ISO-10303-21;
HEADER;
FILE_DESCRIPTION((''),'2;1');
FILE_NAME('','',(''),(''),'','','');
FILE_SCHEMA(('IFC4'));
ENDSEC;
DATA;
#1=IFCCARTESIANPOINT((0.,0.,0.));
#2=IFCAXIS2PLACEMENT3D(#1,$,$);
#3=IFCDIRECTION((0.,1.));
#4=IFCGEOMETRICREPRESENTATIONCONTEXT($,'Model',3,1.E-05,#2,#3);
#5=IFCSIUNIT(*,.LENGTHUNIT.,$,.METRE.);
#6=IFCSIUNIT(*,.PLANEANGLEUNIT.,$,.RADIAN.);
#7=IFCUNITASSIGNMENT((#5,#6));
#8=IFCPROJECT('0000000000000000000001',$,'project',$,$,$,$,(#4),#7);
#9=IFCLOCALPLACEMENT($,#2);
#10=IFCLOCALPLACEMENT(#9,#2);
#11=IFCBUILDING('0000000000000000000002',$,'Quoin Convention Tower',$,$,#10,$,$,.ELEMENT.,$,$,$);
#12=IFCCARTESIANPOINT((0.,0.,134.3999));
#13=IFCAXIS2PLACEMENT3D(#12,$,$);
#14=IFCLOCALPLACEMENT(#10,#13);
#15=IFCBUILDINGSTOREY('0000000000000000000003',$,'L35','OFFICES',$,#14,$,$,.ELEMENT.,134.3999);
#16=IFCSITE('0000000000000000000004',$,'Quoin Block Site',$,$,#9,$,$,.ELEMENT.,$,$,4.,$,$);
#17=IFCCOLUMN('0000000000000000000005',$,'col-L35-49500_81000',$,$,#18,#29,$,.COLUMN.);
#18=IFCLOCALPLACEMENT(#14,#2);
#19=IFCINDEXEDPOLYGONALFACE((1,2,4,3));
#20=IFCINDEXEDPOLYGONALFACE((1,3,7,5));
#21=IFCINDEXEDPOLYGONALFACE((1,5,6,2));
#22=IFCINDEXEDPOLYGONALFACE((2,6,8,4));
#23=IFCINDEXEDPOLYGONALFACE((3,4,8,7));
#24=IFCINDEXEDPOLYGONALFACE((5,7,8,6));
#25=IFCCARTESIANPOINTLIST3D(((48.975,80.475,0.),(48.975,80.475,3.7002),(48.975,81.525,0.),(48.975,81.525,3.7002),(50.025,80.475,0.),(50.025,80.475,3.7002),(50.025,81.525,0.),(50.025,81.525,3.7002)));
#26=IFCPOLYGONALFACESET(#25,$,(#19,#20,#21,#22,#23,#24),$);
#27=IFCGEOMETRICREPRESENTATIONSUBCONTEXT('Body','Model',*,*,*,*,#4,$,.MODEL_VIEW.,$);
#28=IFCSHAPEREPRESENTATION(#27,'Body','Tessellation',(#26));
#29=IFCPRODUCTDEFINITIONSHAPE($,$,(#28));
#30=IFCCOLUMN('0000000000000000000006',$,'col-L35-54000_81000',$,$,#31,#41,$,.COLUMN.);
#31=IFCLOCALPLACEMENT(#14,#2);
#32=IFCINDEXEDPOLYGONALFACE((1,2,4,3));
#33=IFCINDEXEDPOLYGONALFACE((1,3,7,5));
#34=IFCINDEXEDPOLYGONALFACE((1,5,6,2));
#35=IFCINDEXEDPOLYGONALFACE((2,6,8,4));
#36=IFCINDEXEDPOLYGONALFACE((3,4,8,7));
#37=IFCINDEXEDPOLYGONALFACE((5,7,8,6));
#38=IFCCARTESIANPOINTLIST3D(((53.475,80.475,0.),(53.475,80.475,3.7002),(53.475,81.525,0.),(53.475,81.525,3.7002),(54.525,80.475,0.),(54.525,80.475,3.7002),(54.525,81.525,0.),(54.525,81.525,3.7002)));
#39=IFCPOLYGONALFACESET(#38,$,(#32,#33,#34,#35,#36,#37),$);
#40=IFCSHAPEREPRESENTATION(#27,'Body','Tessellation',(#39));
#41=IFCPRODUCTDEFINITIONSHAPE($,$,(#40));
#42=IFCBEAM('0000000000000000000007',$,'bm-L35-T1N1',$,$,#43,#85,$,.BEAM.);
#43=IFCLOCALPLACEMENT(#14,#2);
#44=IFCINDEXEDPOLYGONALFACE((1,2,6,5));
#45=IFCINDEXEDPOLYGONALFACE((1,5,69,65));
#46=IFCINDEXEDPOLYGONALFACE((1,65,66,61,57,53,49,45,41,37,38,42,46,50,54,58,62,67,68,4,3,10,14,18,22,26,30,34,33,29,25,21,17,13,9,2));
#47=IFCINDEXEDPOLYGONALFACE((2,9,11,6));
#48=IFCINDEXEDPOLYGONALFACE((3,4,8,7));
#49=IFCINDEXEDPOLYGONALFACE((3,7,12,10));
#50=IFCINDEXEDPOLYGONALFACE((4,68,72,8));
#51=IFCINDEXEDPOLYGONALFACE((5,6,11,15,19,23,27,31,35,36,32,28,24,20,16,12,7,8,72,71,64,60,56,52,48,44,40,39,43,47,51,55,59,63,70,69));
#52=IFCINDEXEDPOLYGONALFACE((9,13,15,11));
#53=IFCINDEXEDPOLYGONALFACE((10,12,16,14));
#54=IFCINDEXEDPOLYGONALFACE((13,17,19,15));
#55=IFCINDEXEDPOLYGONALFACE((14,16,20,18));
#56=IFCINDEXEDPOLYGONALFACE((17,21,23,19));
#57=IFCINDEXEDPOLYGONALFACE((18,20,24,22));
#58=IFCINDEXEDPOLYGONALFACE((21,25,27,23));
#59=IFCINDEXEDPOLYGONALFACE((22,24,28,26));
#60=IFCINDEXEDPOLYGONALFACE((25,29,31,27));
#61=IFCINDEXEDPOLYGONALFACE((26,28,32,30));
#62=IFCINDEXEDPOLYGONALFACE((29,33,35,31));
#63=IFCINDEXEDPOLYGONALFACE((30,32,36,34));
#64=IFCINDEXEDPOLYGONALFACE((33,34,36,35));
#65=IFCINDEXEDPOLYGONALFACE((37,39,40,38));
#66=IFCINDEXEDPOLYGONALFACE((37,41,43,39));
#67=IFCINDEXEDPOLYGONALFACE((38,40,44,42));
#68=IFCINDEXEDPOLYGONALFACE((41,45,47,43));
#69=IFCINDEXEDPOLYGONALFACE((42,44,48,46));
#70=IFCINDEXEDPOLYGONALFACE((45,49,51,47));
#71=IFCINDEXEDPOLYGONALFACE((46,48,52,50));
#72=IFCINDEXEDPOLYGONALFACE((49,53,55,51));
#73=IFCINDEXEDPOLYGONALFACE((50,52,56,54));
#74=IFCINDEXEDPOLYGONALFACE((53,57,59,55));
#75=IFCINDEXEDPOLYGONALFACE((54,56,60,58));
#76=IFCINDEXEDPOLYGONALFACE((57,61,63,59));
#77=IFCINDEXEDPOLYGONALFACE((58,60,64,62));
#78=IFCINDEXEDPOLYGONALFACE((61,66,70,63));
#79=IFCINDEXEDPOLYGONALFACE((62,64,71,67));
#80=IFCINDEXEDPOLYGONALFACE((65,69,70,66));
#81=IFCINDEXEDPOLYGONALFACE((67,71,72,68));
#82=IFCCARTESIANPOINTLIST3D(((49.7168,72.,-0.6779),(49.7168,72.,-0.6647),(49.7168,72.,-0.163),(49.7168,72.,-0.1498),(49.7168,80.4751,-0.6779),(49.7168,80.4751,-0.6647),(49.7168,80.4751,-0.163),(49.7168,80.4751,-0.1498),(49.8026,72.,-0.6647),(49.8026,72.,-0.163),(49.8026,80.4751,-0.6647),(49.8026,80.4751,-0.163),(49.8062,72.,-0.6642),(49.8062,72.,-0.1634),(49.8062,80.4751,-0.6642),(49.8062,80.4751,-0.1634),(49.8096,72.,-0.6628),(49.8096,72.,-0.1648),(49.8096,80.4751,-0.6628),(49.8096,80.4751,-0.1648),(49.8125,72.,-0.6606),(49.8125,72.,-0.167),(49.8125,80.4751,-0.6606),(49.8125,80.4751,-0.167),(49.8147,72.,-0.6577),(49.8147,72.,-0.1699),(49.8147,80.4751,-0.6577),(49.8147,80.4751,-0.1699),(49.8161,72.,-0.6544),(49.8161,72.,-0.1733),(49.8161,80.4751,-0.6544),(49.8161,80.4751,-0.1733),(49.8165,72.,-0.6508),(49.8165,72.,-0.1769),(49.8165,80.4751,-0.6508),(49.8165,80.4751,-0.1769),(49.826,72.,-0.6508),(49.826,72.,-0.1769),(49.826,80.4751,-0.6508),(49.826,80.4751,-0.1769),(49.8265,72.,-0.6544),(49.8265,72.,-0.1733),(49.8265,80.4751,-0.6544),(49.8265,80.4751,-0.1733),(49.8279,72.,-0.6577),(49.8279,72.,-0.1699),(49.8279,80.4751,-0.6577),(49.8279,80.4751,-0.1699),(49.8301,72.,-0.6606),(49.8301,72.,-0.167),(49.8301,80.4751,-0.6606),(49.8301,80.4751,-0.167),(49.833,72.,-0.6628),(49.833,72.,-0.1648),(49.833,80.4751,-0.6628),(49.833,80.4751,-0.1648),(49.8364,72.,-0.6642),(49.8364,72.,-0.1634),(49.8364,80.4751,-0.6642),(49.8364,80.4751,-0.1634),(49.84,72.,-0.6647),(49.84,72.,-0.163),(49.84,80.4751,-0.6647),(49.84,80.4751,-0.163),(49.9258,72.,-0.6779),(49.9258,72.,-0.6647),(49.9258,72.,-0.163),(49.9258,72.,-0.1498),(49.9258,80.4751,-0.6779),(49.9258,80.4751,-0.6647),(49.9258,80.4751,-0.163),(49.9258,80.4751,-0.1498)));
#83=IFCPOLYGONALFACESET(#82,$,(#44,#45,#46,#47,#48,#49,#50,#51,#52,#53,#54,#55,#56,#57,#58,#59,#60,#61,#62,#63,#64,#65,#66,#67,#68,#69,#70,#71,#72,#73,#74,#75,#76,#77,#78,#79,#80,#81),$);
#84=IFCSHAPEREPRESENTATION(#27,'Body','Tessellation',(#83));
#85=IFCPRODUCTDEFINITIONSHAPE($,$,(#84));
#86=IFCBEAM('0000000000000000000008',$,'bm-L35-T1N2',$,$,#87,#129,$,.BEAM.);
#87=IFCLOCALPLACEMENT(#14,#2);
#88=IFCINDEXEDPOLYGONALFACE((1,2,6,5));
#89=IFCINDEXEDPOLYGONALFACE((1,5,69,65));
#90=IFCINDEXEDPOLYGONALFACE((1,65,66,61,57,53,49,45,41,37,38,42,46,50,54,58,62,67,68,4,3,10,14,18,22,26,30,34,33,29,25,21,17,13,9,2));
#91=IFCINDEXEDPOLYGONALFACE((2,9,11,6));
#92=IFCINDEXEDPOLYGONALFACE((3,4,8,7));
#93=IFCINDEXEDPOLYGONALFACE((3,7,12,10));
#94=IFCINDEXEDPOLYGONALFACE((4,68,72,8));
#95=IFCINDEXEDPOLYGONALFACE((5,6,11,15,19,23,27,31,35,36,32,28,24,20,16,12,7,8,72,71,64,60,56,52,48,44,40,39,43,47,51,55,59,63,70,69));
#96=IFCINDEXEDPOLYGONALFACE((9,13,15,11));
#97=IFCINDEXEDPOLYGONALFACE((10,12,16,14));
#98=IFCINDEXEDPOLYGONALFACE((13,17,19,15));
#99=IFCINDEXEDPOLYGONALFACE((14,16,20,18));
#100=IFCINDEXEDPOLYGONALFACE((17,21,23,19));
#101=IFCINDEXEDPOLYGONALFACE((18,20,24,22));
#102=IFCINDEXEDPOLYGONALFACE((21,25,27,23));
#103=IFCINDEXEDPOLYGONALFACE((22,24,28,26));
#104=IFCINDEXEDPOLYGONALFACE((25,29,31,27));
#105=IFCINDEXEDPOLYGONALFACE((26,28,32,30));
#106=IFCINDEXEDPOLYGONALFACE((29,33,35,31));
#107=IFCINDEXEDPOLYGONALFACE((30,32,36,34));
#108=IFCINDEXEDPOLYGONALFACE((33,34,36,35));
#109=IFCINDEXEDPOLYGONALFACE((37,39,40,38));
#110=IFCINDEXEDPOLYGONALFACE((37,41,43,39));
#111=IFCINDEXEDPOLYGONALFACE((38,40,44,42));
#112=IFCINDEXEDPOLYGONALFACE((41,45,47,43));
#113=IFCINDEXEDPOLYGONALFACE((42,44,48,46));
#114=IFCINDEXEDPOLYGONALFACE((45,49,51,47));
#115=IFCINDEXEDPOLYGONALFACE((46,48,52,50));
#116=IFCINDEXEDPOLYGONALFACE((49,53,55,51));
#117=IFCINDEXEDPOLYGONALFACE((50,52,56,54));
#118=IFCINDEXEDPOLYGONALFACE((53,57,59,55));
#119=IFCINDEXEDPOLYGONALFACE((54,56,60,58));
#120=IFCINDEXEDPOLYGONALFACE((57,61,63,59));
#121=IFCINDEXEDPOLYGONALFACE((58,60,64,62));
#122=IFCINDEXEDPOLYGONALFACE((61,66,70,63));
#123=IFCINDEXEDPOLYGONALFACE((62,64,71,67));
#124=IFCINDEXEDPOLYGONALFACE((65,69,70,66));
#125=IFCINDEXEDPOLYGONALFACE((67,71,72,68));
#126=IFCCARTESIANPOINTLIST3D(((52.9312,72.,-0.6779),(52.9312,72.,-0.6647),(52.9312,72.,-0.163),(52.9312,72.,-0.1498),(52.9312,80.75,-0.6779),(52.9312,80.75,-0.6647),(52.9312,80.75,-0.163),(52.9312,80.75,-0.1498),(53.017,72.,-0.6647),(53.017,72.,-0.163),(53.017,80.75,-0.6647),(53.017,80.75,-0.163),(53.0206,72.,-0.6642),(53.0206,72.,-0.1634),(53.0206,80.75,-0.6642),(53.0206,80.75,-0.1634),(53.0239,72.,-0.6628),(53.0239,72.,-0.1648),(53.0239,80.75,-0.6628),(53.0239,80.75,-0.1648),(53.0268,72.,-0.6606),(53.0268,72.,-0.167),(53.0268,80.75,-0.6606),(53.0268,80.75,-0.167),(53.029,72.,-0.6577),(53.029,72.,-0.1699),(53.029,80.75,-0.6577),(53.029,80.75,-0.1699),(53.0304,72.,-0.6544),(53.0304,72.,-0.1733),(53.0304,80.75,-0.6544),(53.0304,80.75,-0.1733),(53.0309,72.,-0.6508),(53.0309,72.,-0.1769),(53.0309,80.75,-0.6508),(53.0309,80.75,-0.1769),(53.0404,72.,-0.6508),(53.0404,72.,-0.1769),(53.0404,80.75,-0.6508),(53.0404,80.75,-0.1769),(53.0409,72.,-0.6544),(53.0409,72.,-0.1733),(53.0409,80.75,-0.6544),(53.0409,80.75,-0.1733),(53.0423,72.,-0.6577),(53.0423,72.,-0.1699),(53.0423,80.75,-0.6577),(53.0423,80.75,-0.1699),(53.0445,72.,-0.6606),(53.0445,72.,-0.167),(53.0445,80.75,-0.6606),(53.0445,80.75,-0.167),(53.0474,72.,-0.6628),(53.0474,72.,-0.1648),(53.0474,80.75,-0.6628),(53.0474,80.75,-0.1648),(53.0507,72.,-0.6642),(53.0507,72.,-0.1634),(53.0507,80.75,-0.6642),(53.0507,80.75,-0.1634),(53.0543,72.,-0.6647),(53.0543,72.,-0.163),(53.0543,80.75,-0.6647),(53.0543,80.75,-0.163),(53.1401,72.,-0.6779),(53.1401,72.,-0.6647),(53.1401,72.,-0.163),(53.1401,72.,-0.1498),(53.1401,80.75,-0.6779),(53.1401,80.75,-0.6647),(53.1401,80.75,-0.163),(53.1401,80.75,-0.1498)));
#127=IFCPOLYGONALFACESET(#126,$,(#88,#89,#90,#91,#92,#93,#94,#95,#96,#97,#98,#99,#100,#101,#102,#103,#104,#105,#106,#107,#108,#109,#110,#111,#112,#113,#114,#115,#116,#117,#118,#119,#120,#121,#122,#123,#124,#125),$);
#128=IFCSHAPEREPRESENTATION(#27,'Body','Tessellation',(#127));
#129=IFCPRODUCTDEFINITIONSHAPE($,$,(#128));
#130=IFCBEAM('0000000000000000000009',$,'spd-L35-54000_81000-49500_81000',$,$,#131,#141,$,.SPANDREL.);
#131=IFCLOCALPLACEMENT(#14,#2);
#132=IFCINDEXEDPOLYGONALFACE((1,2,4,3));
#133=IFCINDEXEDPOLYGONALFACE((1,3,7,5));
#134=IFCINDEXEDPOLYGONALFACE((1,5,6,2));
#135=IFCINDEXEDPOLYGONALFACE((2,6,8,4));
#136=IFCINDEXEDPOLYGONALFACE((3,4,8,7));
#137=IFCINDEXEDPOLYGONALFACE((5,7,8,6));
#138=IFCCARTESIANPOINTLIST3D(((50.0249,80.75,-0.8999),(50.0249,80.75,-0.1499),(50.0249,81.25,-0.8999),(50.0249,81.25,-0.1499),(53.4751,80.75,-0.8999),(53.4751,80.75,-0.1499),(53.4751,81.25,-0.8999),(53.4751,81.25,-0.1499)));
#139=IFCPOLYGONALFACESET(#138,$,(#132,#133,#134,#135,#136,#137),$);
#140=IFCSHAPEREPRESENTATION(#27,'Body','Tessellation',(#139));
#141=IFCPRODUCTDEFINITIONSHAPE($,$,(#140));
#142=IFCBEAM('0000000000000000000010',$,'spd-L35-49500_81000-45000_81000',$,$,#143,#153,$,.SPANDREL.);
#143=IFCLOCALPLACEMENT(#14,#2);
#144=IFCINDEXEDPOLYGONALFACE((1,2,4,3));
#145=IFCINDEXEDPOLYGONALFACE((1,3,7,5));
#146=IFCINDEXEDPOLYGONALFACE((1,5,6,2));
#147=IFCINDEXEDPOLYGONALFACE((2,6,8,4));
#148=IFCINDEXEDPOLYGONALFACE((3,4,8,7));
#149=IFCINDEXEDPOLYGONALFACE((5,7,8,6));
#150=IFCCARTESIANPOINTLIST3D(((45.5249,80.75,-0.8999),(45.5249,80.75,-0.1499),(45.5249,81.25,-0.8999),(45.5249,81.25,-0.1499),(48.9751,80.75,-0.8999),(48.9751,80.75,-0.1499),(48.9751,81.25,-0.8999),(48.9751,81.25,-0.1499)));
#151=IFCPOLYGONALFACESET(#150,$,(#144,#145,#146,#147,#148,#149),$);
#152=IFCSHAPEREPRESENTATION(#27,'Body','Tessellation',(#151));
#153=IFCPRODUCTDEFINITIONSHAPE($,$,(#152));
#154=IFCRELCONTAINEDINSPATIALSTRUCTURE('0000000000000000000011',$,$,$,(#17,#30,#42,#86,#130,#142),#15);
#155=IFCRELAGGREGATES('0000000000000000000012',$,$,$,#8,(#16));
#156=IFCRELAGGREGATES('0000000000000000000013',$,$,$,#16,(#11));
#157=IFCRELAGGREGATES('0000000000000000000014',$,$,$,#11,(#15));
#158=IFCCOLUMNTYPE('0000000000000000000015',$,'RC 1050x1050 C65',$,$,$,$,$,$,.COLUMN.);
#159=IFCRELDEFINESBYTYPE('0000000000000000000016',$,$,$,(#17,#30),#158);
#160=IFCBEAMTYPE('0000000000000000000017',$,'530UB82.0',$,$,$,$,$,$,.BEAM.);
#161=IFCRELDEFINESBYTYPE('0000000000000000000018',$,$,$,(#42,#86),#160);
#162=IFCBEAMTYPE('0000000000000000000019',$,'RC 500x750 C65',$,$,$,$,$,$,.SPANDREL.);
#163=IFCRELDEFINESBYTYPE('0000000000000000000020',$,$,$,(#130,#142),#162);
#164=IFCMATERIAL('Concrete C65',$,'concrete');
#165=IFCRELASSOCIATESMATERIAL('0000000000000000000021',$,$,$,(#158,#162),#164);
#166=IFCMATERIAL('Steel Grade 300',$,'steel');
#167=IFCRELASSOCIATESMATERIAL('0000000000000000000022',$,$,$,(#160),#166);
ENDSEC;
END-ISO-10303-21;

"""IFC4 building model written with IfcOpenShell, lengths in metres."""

from ifc_helpers import new_model, si_unit, direction, frame, origin, origin_2d, place, context, subcontext, project, spatial, rectangle, i_section, extrude, material, material_profile, profile_set, type_object, element, save


model = new_model("IFC4")

# Units and contexts
model_context = context("Model", 3, precision=1e-05, world=origin(), true_north=direction((0.0, 1.0)))
body_context = subcontext(model_context, "Body", "Model", "MODEL_VIEW")
ifc_project = project(units=[si_unit("LENGTHUNIT", "METRE"), si_unit("PLANEANGLEUNIT", "RADIAN")], contexts=[model_context])

# Site, building, storey
site_placement = place(None, origin())
site = spatial("IfcSite", under=ifc_project, at=site_placement, Name="Quoin Block Site", CompositionType="ELEMENT", RefElevation=4.0)
building_placement = place(site_placement, origin())
building = spatial("IfcBuilding", under=site, at=building_placement, Name="Quoin Convention Tower", CompositionType="ELEMENT")
storey_placement = place(building_placement, frame((0.0, 0.0, 134.3999)))
storey = spatial("IfcBuildingStorey", under=building, at=storey_placement, Name="L35", Description="OFFICES", CompositionType="ELEMENT", Elevation=134.3999)

# Columns
ifc_material_1 = material(Name="Concrete C65", Category="concrete")
ifc_material_profile_1 = material_profile(ifc_material_1, rectangle(XDim=1.05, YDim=1.05, at=origin_2d()), Name="RC 1050x1050")
ifc_profile_set_1 = profile_set([ifc_material_profile_1], Name="Concrete C65")
column_type = type_object("IfcColumnType", Name="RC 1050x1050 C65", PredefinedType="COLUMN", material=ifc_profile_set_1)
for number, where, z_axis, x_axis, name in (
    (1, (49.5, 81.0, 0.0), (0.0, 0.0, 1.0), (1.0, 0.0, 0.0), "col-L35-49500_81000"),
    (2, (54.0, 81.0, 0.0), (0.0, 0.0, 1.0), (1.0, 0.0, 0.0), "col-L35-54000_81000"),
):
    element("IfcColumn", number, at=place(storey_placement, frame(where, z_axis=z_axis, x_axis=x_axis)), inside=storey, type_object=column_type, Name=name, PredefinedType="COLUMN", context=body_context, shape_type="SweptSolid", body=[
        extrude(rectangle(XDim=1.05, YDim=1.05, at=origin_2d()), origin(), (0.0, 0.0, 1.0), 3.7002),
    ])

# Beams
ifc_material_2 = material(Name="Steel Grade 300", Category="steel")
ifc_material_profile_2 = material_profile(ifc_material_2, i_section(OverallWidth=0.209, OverallDepth=0.5281, WebThickness=0.0095, FlangeThickness=0.0132, FilletRadius=0.0139, at=origin_2d()), Name="530UB82.0")
ifc_profile_set_2 = profile_set([ifc_material_profile_2], Name="Steel Grade 300")
beam_type_1 = type_object("IfcBeamType", Name="530UB82.0", PredefinedType="BEAM", material=ifc_profile_set_2)
beam_1_placement = place(storey_placement, frame((49.8213, 72.0, -0.4138), z_axis=(0.0, 1.0, 0.0), x_axis=(-1.0, 0.0, 0.0)))
element("IfcBeam", 3, at=beam_1_placement, inside=storey, type_object=beam_type_1, Name="bm-L35-T1N1", PredefinedType="BEAM", context=body_context, shape_type="SweptSolid", body=[
    extrude(i_section(OverallWidth=0.209, OverallDepth=0.5281, WebThickness=0.0095, FlangeThickness=0.0132, FilletRadius=0.0139, at=origin_2d()), origin(), (0.0, 0.0, 1.0), 8.4751),
])
beam_2_placement = place(storey_placement, frame((53.0356, 72.0, -0.4138), z_axis=(0.0, 1.0, 0.0), x_axis=(-1.0, 0.0, 0.0)))
element("IfcBeam", 4, at=beam_2_placement, inside=storey, type_object=beam_type_1, Name="bm-L35-T1N2", PredefinedType="BEAM", context=body_context, shape_type="SweptSolid", body=[
    extrude(i_section(OverallWidth=0.209, OverallDepth=0.5281, WebThickness=0.0095, FlangeThickness=0.0132, FilletRadius=0.0139, at=origin_2d()), origin(), (0.0, 0.0, 1.0), 8.75),
])
ifc_material_profile_3 = material_profile(ifc_material_1, rectangle(XDim=0.5, YDim=0.75, at=origin_2d()), Name="RC 500x750")
ifc_profile_set_3 = profile_set([ifc_material_profile_3], Name="Concrete C65")
beam_type_2 = type_object("IfcBeamType", Name="RC 500x750 C65", PredefinedType="SPANDREL", material=ifc_profile_set_3)
for number, where, z_axis, x_axis, name in (
    (5, (53.4751, 81.0, -0.5249), (-1.0, 0.0, 0.0), (0.0, -1.0, 0.0), "spd-L35-54000_81000-49500_81000"),
    (6, (48.9751, 81.0, -0.5249), (-1.0, 0.0, 0.0), (0.0, -1.0, 0.0), "spd-L35-49500_81000-45000_81000"),
):
    element("IfcBeam", number, at=place(storey_placement, frame(where, z_axis=z_axis, x_axis=x_axis)), inside=storey, type_object=beam_type_2, Name=name, PredefinedType="SPANDREL", context=body_context, shape_type="SweptSolid", body=[
        extrude(rectangle(XDim=0.5, YDim=0.75, at=origin_2d()), origin(), (0.0, 0.0, 1.0), 3.4502),
    ])

save(model, "model.ifc")
